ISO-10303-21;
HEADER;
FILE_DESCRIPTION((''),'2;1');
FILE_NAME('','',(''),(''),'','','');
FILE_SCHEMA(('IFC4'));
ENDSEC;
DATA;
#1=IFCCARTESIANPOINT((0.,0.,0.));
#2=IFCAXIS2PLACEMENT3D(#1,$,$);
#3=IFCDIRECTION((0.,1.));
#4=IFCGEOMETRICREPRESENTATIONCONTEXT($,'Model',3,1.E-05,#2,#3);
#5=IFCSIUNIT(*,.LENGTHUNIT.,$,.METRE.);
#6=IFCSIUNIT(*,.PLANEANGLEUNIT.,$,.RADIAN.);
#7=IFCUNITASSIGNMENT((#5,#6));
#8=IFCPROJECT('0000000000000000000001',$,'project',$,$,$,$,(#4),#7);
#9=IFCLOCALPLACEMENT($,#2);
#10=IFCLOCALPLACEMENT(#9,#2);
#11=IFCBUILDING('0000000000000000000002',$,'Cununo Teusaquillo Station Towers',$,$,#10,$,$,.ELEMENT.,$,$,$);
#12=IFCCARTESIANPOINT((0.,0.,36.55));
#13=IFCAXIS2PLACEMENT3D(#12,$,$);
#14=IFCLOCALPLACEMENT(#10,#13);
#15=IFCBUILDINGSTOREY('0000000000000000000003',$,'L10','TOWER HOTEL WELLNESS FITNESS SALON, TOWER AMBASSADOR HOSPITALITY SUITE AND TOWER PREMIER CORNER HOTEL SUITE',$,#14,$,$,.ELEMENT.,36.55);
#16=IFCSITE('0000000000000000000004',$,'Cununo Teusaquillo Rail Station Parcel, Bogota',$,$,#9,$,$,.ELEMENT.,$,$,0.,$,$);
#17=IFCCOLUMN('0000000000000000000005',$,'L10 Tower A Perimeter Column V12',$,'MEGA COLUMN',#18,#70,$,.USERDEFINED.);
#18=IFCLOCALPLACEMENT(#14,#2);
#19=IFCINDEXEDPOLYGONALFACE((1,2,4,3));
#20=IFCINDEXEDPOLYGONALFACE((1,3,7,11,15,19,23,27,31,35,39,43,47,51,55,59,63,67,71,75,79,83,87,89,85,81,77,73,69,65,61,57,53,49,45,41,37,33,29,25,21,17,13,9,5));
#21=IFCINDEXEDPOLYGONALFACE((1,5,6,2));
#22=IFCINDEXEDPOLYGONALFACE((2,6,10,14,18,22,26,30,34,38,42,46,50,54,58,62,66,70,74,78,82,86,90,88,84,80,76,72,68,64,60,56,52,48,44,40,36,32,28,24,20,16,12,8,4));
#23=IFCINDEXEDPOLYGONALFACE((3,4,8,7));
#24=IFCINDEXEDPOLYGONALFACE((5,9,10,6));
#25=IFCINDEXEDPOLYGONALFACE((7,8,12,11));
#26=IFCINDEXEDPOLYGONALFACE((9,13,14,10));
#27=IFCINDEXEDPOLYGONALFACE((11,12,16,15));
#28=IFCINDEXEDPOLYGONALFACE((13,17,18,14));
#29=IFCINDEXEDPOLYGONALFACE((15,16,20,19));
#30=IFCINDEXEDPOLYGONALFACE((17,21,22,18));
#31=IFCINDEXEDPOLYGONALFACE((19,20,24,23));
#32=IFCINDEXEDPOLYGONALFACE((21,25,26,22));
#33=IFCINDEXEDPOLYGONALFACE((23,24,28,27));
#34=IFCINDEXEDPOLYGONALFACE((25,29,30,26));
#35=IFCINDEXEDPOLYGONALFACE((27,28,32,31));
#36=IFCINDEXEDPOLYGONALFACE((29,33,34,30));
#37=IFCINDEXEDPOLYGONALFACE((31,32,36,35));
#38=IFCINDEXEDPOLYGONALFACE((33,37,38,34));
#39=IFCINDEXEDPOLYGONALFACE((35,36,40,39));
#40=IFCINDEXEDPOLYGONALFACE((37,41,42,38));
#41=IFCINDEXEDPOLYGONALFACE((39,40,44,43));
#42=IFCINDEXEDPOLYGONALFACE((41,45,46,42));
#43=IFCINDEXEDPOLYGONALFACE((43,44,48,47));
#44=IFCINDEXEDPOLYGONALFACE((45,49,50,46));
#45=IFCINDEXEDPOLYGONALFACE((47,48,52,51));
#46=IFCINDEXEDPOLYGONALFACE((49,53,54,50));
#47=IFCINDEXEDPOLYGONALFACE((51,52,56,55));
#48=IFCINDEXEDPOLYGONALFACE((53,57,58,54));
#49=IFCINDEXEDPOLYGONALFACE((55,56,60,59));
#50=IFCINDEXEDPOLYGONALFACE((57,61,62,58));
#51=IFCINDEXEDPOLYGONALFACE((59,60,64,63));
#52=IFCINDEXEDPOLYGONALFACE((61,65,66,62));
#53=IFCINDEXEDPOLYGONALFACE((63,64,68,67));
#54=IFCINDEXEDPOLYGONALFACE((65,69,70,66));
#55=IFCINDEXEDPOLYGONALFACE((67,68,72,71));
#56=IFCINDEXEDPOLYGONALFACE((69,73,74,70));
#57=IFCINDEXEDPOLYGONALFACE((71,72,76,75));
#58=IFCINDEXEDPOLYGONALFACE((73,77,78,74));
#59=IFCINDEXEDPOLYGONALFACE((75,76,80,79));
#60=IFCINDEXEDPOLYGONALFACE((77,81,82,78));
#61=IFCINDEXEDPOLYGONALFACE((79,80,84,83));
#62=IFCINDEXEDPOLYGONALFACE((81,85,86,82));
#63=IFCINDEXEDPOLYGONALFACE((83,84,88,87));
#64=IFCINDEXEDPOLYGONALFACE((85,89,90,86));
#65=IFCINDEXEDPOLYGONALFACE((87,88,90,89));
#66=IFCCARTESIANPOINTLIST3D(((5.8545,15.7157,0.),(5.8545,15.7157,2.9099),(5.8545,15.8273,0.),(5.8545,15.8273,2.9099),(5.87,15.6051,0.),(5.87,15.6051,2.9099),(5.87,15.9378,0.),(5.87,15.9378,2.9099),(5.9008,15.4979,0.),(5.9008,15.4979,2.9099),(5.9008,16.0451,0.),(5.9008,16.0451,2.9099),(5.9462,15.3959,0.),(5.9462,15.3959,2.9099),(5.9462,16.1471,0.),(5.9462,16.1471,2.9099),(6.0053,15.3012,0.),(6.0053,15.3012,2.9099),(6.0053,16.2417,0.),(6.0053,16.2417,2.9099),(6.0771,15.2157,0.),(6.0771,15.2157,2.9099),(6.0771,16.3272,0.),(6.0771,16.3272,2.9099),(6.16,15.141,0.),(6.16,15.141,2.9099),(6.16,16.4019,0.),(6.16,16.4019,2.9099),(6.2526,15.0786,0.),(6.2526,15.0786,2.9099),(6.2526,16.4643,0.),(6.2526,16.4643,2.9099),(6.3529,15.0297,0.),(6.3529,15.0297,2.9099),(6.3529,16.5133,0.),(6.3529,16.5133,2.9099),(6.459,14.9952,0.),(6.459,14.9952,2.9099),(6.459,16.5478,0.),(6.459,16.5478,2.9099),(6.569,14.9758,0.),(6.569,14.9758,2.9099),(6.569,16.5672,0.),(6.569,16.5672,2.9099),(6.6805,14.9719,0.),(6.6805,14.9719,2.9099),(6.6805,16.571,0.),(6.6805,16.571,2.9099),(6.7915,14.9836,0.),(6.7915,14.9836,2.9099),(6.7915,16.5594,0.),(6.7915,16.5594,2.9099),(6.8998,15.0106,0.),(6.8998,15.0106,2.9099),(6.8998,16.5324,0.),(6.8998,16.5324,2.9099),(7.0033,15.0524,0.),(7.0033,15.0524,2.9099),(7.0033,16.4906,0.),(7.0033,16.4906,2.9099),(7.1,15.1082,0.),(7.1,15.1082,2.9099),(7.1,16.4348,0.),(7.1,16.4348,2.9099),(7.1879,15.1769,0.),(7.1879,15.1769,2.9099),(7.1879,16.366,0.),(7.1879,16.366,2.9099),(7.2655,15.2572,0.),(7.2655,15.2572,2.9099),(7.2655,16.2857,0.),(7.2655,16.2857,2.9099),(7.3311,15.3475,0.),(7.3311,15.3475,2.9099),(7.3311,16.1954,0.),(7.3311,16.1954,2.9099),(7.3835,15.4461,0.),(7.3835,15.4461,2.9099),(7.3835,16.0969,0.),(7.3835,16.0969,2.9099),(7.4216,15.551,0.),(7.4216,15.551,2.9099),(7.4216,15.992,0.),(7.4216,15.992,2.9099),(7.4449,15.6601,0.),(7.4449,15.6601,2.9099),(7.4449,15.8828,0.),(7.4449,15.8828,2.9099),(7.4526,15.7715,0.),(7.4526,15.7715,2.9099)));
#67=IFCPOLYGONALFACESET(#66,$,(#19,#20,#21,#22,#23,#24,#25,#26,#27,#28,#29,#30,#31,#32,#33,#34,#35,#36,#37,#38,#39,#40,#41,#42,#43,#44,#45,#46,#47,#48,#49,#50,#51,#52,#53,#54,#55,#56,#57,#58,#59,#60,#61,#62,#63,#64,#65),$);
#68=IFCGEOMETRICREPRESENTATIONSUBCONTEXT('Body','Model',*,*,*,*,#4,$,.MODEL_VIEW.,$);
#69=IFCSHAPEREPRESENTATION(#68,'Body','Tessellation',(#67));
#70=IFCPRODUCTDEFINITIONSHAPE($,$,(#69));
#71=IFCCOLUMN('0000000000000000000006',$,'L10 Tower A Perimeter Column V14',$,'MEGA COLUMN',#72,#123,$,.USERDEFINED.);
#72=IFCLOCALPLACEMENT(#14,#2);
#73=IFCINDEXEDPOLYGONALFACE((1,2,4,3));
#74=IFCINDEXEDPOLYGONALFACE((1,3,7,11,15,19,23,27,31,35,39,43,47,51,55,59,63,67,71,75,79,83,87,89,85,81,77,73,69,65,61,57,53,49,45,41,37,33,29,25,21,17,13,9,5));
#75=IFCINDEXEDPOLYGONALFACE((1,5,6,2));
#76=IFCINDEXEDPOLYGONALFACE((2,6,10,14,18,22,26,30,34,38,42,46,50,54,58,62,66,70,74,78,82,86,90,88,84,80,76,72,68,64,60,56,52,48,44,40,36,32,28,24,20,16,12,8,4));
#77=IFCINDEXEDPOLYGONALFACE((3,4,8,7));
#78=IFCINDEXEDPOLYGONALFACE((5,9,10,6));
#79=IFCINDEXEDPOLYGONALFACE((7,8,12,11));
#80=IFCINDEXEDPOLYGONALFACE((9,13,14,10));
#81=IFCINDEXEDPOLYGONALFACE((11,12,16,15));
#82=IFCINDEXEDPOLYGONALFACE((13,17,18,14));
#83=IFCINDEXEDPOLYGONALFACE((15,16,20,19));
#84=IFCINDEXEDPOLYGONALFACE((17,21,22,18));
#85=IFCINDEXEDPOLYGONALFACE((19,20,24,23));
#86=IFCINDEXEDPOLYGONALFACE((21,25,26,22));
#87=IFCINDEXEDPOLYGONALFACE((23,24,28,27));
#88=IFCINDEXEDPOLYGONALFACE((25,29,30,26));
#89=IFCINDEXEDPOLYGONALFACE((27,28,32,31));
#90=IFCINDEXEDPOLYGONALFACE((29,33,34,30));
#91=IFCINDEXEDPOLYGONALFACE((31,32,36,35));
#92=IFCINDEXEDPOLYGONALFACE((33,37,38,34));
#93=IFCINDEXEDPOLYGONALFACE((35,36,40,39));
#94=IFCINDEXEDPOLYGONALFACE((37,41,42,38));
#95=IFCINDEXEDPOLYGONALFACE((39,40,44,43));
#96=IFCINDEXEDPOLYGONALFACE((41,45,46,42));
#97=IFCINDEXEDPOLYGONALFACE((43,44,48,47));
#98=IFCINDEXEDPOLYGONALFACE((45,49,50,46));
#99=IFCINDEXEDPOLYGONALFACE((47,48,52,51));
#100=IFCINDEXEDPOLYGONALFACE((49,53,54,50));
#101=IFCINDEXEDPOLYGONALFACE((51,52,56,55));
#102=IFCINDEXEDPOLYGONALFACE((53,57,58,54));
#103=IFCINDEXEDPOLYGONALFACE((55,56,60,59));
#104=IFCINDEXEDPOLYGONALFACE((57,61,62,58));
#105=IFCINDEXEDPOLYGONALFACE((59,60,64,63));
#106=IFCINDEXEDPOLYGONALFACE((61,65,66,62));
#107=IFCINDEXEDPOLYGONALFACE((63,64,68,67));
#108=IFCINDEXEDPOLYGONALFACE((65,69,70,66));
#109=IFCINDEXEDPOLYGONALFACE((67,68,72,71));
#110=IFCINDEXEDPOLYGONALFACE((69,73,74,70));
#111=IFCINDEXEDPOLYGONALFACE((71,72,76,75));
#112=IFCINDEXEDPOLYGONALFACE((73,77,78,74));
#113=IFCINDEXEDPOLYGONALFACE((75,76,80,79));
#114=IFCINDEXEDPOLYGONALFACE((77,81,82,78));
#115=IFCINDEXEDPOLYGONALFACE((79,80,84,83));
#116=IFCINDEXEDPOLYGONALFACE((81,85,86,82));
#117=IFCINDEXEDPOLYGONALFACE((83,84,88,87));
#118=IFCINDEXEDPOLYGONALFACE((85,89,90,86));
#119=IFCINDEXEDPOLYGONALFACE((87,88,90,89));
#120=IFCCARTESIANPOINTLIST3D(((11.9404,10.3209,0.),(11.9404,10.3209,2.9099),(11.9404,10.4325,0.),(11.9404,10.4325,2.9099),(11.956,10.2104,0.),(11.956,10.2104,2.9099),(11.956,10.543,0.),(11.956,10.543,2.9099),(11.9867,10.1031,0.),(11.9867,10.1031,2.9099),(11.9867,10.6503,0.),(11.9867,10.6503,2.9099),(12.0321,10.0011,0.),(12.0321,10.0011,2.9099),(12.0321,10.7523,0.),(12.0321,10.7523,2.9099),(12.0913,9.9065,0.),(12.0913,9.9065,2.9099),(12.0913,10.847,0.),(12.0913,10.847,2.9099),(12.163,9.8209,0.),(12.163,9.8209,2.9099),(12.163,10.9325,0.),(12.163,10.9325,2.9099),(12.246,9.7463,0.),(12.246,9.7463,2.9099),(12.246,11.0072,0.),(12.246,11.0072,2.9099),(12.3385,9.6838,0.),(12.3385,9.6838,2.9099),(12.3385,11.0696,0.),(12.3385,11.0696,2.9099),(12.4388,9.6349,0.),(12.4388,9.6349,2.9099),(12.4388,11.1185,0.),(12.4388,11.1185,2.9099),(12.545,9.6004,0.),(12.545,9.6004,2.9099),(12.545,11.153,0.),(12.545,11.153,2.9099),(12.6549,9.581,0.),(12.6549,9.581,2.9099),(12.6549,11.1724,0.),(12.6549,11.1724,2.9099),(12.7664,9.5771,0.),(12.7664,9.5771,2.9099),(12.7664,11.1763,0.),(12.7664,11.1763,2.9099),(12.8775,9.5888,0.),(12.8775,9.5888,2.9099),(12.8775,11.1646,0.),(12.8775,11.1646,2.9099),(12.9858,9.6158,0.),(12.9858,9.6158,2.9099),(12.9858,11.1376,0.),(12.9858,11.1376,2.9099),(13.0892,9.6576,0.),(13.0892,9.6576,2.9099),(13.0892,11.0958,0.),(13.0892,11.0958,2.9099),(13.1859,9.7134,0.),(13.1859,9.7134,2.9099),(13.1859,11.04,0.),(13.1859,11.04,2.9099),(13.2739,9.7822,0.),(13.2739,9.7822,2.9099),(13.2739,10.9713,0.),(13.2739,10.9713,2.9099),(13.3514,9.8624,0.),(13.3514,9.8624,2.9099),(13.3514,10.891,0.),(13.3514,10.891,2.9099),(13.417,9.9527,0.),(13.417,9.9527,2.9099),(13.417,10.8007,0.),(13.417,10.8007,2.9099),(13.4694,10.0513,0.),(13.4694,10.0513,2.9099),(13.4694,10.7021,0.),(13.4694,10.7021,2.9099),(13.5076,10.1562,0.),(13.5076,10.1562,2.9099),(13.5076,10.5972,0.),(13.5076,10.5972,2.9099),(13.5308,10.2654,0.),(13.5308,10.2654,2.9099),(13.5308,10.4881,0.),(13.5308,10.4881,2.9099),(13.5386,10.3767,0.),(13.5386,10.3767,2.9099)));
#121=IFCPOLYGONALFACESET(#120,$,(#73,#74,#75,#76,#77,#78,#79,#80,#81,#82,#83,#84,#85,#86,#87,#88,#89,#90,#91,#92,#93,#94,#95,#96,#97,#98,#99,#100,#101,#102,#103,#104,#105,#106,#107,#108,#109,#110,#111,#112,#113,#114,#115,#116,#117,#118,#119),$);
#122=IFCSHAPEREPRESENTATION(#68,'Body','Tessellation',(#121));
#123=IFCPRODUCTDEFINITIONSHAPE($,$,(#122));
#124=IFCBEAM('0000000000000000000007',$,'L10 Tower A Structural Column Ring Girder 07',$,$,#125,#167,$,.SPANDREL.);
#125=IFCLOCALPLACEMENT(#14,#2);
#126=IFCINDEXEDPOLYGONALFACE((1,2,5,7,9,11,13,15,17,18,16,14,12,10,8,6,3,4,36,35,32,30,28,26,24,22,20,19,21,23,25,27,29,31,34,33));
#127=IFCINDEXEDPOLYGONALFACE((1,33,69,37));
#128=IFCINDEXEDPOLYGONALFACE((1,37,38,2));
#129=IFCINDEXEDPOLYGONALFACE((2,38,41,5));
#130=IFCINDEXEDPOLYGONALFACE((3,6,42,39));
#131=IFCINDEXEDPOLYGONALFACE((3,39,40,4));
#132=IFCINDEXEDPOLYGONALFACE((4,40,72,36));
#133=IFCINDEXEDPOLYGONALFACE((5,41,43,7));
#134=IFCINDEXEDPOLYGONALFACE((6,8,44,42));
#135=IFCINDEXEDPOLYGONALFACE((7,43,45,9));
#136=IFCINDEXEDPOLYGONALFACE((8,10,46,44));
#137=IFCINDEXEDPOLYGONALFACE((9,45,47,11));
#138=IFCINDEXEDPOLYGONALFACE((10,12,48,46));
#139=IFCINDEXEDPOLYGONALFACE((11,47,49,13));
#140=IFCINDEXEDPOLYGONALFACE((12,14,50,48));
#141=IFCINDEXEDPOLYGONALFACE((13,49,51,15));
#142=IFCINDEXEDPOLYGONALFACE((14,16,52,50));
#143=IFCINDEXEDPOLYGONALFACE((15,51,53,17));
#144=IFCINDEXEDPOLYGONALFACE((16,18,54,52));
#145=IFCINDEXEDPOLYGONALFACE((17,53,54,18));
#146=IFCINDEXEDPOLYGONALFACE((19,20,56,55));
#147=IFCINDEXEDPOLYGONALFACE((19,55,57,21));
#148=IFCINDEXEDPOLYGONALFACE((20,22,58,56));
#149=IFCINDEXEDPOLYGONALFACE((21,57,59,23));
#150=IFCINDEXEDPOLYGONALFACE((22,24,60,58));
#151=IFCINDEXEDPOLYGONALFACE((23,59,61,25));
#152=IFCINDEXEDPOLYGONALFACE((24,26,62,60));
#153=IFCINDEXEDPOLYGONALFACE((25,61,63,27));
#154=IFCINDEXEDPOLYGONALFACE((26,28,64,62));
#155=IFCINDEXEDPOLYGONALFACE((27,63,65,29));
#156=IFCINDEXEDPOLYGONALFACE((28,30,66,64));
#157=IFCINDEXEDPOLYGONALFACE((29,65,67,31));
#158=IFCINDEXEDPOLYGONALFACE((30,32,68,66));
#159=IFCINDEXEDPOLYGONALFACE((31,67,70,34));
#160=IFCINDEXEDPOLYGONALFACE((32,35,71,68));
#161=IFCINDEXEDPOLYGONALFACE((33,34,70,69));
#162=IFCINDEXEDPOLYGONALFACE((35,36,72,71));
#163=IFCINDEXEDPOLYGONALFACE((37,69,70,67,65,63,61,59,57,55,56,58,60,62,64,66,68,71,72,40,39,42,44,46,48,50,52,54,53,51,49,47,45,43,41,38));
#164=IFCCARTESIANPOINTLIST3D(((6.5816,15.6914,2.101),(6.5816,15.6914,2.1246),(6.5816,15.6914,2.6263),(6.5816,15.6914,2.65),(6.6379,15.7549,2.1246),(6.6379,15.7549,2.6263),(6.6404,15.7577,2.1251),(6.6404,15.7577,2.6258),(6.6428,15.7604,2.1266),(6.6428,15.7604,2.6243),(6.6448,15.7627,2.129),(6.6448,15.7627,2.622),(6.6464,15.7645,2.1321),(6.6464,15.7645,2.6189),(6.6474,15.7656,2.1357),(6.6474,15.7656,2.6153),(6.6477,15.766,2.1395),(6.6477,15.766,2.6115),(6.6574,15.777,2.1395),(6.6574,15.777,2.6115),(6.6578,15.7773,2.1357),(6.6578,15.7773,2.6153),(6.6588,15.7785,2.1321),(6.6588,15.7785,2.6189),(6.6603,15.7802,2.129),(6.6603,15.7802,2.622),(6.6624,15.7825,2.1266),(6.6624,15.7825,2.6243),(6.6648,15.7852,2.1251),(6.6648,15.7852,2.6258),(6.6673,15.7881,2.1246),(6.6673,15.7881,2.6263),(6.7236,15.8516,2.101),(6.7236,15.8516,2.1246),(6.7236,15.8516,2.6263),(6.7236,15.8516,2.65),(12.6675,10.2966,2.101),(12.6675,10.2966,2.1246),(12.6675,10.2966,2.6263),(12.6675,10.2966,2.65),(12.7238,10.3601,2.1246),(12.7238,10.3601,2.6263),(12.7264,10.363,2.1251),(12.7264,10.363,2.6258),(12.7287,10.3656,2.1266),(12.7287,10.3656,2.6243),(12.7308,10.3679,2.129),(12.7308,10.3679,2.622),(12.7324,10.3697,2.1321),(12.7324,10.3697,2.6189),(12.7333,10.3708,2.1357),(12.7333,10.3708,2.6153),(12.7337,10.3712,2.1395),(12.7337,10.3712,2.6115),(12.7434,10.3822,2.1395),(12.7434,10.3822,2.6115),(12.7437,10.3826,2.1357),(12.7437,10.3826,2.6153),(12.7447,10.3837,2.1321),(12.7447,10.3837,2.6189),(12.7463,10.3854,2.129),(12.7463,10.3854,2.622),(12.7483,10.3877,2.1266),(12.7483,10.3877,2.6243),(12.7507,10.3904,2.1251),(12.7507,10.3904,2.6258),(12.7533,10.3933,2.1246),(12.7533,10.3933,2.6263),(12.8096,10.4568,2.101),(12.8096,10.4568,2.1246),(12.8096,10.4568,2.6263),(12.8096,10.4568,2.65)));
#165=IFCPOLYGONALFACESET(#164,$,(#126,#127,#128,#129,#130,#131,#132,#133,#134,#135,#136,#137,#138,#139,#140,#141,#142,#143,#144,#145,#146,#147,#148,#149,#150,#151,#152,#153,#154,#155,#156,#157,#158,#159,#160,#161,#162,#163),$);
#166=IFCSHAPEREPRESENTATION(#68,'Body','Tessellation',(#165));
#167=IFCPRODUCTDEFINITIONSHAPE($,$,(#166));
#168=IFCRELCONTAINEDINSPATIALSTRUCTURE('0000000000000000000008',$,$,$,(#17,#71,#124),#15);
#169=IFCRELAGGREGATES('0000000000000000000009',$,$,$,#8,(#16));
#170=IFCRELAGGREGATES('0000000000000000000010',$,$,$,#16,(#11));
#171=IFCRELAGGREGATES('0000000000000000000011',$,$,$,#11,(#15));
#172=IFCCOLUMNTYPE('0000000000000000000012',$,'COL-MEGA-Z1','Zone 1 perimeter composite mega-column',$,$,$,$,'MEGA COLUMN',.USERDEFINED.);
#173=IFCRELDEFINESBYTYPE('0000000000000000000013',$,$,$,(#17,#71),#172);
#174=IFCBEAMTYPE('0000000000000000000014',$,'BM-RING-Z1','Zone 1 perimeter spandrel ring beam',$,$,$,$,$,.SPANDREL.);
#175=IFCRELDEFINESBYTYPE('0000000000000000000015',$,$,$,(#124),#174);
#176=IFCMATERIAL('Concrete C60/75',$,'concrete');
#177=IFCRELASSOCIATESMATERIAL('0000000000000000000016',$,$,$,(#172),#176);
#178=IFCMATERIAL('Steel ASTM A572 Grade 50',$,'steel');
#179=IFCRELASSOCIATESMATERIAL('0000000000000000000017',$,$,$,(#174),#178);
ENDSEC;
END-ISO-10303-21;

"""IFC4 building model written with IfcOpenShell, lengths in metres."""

from ifc_helpers import new_model, si_unit, direction, frame, origin, origin_2d, place, context, subcontext, project, spatial, circle, i_section, extrude, material, material_profile, profile_set, type_object, element, save


model = new_model("IFC4")

# Units and contexts
model_context = context("Model", 3, precision=1e-05, world=origin(), true_north=direction((0.0, 1.0)))
body_context = subcontext(model_context, "Body", "Model", "MODEL_VIEW")
ifc_project = project(units=[si_unit("LENGTHUNIT", "METRE"), si_unit("PLANEANGLEUNIT", "RADIAN")], contexts=[model_context])

# Site, building, storey
site_placement = place(None, origin())
site = spatial("IfcSite", under=ifc_project, at=site_placement, Name="Cununo Teusaquillo Rail Station Parcel, Bogota", CompositionType="ELEMENT", RefElevation=0.0)
building_placement = place(site_placement, origin())
building = spatial("IfcBuilding", under=site, at=building_placement, Name="Cununo Teusaquillo Station Towers", CompositionType="ELEMENT")
storey_placement = place(building_placement, frame((0.0, 0.0, 36.55)))
storey = spatial("IfcBuildingStorey", under=building, at=storey_placement, Name="L10", Description="TOWER HOTEL WELLNESS FITNESS SALON, TOWER AMBASSADOR HOSPITALITY SUITE AND TOWER PREMIER CORNER HOTEL SUITE", CompositionType="ELEMENT", Elevation=36.55)

# Columns
ifc_material_1 = material(Name="Concrete C60/75", Category="concrete")
ifc_material_profile_1 = material_profile(ifc_material_1, circle(Radius=0.8, at=origin_2d()), Name="RC-CIRC-1600")
ifc_profile_set_1 = profile_set([ifc_material_profile_1], Name="Concrete C60/75")
column_type = type_object("IfcColumnType", Name="COL-MEGA-Z1", Description="Zone 1 perimeter composite mega-column", ElementType="MEGA COLUMN", PredefinedType="USERDEFINED", material=ifc_profile_set_1)
for number, where, z_axis, x_axis, name in (
    (1, (6.6526, 15.7715, 0.0), (0.0, 0.0, 1.0), (1.0, 0.0, 0.0), "L10 Tower A Perimeter Column V12"),
    (2, (12.7385, 10.3767, 0.0), (0.0, 0.0, 1.0), (1.0, 0.0, 0.0), "L10 Tower A Perimeter Column V14"),
):
    element("IfcColumn", number, at=place(storey_placement, frame(where, z_axis=z_axis, x_axis=x_axis)), inside=storey, type_object=column_type, Name=name, ObjectType="MEGA COLUMN", PredefinedType="USERDEFINED", context=body_context, shape_type="SweptSolid", body=[
        extrude(circle(Radius=0.8, at=origin_2d()), origin(), (0.0, 0.0, 1.0), 2.9099),
    ])

# Beam
ifc_material_2 = material(Name="Steel ASTM A572 Grade 50", Category="steel")
ifc_material_profile_2 = material_profile(ifc_material_2, i_section(OverallWidth=0.2141, OverallDepth=0.5491, WebThickness=0.0146, FlangeThickness=0.0237, FilletRadius=0.0149, at=origin_2d()), Name="W21X93")
ifc_profile_set_2 = profile_set([ifc_material_profile_2], Name="Steel ASTM A572 Grade 50")
beam_type = type_object("IfcBeamType", Name="BM-RING-Z1", Description="Zone 1 perimeter spandrel ring beam", PredefinedType="SPANDREL", material=ifc_profile_set_2)
beam_1_placement = place(storey_placement, frame((6.6526, 15.7715, 2.3755), z_axis=(0.748321, -0.663337, 0.0), x_axis=(0.663337, 0.748321, 0.0)))
element("IfcBeam", 3, at=beam_1_placement, inside=storey, type_object=beam_type, Name="L10 Tower A Structural Column Ring Girder 07", PredefinedType="SPANDREL", context=body_context, shape_type="SweptSolid", body=[
    extrude(i_section(OverallWidth=0.2141, OverallDepth=0.5491, WebThickness=0.0146, FlangeThickness=0.0237, FilletRadius=0.0149, at=origin_2d()), origin(), (0.0, 0.0, 1.0), 8.1328),
])

save(model, "model.ifc")
